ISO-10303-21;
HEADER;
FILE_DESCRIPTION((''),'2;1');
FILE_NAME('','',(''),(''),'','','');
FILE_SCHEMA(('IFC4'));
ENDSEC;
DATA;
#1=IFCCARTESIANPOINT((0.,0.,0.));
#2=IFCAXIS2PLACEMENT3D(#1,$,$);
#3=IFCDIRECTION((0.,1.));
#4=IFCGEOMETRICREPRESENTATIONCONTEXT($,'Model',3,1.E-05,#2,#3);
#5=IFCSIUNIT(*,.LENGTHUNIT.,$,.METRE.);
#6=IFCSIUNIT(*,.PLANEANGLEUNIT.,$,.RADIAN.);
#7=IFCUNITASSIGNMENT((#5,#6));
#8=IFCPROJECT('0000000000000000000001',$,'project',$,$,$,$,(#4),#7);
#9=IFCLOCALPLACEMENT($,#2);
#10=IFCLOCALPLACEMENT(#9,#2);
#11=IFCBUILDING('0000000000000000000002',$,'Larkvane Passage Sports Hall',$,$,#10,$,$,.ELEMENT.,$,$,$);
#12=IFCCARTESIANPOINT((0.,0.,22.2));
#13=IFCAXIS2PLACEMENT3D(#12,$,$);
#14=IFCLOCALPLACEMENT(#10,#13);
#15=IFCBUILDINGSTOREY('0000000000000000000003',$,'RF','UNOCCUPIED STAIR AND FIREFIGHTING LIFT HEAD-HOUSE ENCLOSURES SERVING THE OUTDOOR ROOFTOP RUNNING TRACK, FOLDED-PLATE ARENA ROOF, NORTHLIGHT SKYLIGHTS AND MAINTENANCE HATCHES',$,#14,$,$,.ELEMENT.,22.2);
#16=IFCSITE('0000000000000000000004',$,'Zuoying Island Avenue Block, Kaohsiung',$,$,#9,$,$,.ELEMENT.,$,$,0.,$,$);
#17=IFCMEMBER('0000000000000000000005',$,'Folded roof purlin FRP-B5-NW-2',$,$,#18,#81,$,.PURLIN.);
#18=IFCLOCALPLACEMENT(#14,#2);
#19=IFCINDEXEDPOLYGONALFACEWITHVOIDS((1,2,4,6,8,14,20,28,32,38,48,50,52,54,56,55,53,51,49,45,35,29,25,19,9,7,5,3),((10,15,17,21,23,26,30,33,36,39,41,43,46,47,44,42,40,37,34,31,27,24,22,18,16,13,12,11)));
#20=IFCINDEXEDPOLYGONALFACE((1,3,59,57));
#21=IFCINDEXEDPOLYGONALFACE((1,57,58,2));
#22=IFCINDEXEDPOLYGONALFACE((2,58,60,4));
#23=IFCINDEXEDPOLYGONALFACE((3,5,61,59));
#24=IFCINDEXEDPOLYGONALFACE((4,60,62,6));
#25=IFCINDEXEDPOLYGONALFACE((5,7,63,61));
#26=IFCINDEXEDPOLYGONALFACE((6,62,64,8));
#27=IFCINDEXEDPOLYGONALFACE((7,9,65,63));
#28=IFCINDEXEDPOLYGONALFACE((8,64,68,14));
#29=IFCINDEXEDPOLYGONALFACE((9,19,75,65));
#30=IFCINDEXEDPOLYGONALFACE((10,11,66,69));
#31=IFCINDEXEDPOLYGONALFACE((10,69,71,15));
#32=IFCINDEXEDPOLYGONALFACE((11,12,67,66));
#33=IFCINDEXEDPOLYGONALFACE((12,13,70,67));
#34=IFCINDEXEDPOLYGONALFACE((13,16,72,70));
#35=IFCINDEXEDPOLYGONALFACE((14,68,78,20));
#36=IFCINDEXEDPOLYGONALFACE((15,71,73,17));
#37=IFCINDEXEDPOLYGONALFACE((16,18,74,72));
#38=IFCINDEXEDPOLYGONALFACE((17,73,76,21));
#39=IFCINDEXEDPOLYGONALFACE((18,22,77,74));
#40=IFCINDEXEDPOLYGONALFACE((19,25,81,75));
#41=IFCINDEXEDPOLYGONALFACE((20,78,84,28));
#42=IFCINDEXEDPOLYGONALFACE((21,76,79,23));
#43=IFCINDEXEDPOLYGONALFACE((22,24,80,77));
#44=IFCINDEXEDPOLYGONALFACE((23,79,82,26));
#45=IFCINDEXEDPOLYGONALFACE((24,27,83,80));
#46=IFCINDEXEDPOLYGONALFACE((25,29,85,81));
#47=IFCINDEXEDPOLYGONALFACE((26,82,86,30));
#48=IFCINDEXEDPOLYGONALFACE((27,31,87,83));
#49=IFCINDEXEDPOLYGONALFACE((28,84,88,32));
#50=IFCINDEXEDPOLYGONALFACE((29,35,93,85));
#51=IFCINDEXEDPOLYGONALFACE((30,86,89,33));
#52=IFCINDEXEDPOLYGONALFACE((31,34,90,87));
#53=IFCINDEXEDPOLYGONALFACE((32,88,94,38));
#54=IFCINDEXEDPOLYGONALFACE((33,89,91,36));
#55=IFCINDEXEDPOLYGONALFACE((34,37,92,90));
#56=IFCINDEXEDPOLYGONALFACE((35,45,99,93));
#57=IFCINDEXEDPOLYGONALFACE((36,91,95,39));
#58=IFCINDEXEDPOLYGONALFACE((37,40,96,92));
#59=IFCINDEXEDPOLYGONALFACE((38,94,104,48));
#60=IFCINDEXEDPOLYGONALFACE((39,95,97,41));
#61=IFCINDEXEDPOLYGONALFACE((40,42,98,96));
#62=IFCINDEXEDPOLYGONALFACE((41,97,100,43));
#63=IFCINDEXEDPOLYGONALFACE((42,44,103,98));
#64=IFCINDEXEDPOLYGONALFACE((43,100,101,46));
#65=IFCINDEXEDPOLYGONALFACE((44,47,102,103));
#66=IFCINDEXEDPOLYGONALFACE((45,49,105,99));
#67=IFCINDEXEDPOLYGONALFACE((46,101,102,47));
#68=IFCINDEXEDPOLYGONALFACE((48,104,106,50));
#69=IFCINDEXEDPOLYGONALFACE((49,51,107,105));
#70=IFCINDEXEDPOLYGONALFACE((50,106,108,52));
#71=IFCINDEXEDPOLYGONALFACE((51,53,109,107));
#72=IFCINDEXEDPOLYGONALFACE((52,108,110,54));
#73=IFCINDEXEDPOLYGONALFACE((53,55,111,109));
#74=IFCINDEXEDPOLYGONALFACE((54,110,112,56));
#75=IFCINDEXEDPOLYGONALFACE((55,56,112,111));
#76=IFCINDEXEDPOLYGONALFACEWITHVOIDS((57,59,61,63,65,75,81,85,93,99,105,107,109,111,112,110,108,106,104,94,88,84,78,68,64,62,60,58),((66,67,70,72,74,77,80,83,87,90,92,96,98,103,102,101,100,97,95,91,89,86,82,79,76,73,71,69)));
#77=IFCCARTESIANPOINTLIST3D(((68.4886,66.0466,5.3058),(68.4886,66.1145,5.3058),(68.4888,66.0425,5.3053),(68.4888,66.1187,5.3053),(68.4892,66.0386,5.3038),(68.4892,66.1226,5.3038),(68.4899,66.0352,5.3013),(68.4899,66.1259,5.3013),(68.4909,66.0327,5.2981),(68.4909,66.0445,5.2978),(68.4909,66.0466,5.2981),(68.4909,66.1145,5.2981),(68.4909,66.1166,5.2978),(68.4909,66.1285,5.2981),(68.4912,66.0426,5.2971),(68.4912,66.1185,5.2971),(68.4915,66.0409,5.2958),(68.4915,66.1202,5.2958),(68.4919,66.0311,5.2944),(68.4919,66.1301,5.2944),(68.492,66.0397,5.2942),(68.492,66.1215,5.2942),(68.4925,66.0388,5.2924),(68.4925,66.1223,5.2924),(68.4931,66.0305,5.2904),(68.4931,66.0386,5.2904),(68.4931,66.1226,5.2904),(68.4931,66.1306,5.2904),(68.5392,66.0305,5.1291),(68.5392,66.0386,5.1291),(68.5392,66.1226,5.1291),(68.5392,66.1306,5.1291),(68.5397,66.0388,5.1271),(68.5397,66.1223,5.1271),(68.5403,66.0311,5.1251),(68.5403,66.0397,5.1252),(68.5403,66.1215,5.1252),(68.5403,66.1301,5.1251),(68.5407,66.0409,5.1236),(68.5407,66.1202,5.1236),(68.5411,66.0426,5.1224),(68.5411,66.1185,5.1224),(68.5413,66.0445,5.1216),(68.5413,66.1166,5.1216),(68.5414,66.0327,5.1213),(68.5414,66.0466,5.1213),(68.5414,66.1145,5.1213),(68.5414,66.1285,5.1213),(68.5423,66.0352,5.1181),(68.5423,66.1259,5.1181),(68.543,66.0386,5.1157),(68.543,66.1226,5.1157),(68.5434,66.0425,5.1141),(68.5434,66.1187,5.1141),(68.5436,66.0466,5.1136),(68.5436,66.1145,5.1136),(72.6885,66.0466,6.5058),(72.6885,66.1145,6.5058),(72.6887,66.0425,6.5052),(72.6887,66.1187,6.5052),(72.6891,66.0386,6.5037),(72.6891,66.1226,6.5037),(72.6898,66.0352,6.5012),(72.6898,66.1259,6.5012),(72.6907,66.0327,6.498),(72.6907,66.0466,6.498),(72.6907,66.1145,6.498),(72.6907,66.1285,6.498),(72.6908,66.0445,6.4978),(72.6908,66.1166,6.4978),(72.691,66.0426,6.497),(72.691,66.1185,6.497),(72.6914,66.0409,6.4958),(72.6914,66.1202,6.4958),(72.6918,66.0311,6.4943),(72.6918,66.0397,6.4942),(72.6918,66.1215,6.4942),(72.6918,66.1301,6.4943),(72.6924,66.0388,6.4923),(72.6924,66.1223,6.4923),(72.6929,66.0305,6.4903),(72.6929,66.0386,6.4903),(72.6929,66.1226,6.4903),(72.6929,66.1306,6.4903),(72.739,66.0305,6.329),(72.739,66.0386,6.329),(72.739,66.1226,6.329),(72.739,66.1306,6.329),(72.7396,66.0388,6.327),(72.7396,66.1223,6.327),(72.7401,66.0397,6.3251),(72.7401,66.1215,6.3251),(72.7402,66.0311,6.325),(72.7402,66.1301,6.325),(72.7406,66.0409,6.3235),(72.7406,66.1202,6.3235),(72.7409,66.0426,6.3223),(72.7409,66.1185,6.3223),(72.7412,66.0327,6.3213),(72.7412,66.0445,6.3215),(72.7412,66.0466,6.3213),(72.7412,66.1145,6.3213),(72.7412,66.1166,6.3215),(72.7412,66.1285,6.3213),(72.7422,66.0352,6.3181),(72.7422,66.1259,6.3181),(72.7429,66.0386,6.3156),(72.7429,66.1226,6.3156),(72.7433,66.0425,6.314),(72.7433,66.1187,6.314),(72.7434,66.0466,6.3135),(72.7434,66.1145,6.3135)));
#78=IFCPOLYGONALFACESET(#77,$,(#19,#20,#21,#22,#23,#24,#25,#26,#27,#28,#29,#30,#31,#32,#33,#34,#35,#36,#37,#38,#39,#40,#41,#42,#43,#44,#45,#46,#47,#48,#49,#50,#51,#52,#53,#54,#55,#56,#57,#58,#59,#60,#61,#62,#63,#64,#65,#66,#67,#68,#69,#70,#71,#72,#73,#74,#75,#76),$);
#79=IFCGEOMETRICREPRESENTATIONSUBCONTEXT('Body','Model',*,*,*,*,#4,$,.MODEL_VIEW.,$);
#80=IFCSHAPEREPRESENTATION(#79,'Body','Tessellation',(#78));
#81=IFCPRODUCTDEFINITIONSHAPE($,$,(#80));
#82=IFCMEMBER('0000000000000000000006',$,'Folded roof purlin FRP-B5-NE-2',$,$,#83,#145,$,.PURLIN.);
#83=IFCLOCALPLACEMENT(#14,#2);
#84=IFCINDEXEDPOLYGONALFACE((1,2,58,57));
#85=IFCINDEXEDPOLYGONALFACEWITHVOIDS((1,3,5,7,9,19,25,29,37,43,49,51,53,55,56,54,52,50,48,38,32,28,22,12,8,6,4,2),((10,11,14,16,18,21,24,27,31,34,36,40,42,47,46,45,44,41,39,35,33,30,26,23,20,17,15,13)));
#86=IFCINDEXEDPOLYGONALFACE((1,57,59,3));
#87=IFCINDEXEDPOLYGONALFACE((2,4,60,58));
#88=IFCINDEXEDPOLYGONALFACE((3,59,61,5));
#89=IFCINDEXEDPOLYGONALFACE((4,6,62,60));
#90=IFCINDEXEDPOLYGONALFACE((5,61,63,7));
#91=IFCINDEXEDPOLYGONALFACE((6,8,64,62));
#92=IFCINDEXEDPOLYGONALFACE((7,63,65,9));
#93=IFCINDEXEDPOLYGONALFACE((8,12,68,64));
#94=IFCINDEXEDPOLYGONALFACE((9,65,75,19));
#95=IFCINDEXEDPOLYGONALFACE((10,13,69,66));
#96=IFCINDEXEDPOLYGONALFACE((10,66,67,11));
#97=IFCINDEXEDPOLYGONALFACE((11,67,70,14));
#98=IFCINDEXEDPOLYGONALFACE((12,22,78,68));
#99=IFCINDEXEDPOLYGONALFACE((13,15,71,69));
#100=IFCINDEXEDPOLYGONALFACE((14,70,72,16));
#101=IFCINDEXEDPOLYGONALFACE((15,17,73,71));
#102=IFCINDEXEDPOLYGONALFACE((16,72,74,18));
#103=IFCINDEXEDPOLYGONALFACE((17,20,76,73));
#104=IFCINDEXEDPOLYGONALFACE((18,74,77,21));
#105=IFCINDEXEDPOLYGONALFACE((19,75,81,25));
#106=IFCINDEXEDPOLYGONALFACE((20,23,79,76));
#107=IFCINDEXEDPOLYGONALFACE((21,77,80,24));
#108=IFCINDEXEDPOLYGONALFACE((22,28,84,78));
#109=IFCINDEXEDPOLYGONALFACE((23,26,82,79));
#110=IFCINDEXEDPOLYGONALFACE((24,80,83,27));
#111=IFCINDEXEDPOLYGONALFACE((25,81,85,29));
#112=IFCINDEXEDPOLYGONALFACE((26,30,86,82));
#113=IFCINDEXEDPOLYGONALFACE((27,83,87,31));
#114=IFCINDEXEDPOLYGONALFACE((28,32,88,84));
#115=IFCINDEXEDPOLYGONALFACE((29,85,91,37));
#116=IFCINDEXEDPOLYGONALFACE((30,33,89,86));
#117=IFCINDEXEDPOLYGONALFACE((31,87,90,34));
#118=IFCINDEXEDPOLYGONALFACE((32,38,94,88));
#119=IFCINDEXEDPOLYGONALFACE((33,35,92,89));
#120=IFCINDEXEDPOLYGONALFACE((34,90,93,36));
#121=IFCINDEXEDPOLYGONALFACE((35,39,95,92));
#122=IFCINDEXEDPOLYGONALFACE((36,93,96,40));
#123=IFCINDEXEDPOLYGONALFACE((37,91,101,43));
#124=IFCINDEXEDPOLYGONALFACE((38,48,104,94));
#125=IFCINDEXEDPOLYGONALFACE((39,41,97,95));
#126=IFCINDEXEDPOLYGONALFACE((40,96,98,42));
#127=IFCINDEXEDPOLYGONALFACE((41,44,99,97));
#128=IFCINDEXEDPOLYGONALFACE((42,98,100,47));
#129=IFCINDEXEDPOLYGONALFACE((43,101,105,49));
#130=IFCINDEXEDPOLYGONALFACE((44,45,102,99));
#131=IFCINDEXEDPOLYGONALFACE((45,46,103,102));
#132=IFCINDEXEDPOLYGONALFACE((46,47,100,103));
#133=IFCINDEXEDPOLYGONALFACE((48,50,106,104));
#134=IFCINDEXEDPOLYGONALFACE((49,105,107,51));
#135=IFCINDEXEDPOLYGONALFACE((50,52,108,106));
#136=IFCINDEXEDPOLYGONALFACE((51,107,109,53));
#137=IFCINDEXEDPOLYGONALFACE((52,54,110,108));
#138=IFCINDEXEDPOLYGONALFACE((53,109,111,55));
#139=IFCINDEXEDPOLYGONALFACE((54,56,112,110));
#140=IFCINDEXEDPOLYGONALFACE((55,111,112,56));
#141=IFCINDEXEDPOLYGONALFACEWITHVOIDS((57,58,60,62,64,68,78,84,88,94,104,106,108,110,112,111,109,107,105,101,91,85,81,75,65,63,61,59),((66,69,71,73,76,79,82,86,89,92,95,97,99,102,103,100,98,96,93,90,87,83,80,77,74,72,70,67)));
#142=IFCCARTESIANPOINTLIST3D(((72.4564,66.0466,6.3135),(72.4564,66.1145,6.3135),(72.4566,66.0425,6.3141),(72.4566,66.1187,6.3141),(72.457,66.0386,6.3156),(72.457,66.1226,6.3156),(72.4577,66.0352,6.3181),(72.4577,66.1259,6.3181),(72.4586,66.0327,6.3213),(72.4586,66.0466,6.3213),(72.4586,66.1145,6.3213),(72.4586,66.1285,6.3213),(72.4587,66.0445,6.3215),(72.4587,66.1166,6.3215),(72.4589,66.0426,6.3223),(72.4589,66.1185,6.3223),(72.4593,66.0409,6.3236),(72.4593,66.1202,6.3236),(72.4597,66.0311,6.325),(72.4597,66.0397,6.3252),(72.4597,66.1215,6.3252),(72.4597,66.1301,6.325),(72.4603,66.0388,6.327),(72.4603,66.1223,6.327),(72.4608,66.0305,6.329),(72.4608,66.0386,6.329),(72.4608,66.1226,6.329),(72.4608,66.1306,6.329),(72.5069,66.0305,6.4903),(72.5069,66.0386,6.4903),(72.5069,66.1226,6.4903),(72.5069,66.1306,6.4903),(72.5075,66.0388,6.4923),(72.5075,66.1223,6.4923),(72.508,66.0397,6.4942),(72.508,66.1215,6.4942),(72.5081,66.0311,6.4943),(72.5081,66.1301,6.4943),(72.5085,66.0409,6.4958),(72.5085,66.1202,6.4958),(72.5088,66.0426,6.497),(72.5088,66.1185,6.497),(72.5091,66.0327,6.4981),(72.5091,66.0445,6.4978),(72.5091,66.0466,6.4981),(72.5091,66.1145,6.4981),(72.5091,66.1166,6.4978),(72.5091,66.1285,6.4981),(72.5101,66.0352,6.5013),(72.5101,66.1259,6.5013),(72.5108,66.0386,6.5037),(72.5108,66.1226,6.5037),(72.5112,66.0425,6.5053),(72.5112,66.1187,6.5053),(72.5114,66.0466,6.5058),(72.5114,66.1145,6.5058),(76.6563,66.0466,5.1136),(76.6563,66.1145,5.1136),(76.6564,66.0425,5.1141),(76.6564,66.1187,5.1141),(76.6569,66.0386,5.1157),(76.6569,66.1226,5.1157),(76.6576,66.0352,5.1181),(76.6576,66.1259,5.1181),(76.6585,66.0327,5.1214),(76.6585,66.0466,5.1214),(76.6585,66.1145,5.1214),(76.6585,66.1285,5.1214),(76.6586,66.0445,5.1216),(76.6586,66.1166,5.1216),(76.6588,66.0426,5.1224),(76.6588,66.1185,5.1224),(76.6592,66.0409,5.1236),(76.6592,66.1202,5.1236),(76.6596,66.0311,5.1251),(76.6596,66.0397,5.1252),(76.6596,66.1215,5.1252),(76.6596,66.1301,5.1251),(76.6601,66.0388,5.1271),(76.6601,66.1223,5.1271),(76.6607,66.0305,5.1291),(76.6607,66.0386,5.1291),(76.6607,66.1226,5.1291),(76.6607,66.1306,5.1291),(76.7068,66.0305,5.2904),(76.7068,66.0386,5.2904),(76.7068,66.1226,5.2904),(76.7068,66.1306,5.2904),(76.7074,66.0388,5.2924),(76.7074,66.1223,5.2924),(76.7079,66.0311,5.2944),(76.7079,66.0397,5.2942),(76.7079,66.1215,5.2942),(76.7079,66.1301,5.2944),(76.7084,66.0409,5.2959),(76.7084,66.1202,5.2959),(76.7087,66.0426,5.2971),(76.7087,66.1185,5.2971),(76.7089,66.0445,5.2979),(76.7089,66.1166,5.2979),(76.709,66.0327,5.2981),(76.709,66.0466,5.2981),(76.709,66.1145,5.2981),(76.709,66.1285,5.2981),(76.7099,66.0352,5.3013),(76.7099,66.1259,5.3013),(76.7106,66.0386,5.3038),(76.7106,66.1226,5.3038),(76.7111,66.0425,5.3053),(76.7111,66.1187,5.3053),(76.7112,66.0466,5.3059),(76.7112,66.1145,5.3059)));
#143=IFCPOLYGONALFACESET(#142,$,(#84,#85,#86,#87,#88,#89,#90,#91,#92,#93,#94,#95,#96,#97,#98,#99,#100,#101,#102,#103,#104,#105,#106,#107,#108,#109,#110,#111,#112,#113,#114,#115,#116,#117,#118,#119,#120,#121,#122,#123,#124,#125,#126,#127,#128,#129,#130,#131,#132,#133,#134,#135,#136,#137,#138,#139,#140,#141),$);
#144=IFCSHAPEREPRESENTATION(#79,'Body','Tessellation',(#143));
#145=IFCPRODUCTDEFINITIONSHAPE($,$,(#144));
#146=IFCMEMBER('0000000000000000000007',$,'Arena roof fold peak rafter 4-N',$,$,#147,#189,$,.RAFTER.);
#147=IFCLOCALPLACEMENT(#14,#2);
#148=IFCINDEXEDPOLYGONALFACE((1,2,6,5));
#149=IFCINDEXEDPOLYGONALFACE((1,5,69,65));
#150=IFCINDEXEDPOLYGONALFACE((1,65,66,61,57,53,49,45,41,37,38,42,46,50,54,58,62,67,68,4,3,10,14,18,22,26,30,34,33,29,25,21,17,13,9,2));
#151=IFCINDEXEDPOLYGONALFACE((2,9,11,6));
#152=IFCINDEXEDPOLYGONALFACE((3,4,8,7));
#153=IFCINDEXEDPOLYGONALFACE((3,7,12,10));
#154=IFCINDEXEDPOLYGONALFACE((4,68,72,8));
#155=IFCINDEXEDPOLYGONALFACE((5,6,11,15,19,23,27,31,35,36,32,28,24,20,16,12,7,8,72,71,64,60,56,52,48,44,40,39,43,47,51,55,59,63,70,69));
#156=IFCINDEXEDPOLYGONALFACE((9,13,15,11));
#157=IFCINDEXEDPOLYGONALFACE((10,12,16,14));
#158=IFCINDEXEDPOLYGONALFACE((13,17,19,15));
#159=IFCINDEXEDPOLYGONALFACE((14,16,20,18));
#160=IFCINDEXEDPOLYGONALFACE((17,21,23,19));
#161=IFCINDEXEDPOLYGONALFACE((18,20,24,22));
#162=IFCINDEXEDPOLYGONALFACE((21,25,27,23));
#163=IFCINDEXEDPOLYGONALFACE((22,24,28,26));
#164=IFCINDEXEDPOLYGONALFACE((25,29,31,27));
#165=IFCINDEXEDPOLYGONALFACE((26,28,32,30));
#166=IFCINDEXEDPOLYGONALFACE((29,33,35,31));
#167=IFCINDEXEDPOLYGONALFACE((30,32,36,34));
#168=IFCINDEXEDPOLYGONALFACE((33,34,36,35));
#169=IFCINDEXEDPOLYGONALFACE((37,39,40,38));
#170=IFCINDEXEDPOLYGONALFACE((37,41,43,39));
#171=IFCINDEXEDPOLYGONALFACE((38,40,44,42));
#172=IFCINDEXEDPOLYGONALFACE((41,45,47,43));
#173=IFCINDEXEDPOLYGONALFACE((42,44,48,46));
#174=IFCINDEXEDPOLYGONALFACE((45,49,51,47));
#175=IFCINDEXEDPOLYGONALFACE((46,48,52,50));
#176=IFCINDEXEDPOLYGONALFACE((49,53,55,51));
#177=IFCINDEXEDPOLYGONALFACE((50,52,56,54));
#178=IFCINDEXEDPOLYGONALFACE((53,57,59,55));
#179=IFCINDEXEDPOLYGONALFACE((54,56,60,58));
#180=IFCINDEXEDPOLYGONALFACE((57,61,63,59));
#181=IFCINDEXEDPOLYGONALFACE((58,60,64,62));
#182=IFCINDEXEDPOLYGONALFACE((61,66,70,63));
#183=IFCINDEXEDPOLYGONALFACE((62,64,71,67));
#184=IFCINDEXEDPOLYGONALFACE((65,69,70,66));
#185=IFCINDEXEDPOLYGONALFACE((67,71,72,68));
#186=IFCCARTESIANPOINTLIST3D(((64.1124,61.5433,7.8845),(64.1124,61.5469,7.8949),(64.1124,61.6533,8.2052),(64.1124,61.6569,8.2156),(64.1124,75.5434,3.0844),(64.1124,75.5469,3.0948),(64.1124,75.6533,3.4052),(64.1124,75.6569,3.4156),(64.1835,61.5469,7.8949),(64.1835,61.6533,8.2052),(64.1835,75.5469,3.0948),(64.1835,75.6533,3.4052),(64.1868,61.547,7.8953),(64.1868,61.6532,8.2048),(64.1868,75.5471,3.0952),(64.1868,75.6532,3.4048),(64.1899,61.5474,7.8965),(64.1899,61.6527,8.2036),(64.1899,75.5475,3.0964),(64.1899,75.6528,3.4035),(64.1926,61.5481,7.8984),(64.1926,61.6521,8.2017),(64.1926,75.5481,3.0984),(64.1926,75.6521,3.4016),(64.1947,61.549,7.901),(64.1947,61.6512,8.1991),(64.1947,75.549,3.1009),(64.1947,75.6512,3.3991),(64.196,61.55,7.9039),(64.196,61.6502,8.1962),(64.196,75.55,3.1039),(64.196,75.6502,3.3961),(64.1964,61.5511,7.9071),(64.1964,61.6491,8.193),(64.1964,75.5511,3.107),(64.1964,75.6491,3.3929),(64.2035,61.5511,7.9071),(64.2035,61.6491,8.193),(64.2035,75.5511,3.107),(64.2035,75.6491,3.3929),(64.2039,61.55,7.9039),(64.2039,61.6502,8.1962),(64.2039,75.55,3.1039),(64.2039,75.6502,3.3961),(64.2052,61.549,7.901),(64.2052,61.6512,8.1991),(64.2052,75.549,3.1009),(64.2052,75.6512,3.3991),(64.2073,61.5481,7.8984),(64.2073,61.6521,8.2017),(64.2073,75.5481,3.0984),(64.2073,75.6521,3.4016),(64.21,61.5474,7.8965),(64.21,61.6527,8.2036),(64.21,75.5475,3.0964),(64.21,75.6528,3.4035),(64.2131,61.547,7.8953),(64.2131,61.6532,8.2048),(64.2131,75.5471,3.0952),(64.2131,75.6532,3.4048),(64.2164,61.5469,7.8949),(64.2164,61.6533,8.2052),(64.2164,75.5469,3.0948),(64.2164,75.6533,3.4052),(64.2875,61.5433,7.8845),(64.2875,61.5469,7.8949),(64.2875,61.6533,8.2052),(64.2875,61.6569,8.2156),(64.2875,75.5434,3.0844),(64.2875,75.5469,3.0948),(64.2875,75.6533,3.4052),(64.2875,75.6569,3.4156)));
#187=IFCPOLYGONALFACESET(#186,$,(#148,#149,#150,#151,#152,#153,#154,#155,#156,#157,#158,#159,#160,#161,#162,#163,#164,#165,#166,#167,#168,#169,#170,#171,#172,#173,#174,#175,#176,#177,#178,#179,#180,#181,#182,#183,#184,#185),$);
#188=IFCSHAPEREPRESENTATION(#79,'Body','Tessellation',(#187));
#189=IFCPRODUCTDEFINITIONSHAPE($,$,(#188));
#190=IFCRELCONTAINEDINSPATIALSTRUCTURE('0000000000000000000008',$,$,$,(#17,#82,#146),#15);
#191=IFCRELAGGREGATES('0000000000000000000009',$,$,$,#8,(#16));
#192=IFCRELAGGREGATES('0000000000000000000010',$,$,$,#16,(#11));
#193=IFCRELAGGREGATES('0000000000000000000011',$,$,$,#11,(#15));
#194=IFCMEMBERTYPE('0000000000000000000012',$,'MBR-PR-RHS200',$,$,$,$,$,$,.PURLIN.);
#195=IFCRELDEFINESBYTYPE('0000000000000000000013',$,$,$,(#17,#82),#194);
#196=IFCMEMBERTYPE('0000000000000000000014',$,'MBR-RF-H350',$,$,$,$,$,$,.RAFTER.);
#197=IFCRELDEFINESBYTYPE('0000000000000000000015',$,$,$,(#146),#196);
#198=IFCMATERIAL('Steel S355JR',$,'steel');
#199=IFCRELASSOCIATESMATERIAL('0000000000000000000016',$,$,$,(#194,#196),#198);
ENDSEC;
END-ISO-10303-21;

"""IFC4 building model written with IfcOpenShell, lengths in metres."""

from ifc_helpers import new_model, si_unit, direction, frame, origin, origin_2d, place, context, subcontext, project, spatial, hollow_rectangle, i_section, extrude, material, material_profile, profile_set, type_object, element, save


model = new_model("IFC4")

# Units and contexts
model_context = context("Model", 3, precision=1e-05, world=origin(), true_north=direction((0.0, 1.0)))
body_context = subcontext(model_context, "Body", "Model", "MODEL_VIEW")
ifc_project = project(units=[si_unit("LENGTHUNIT", "METRE"), si_unit("PLANEANGLEUNIT", "RADIAN")], contexts=[model_context])

# Site, building, storey
site_placement = place(None, origin())
site = spatial("IfcSite", under=ifc_project, at=site_placement, Name="Zuoying Island Avenue Block, Kaohsiung", CompositionType="ELEMENT", RefElevation=0.0)
building_placement = place(site_placement, origin())
building = spatial("IfcBuilding", under=site, at=building_placement, Name="Larkvane Passage Sports Hall", CompositionType="ELEMENT")
storey_placement = place(building_placement, frame((0.0, 0.0, 22.2)))
storey = spatial("IfcBuildingStorey", under=building, at=storey_placement, Name="RF", Description="UNOCCUPIED STAIR AND FIREFIGHTING LIFT HEAD-HOUSE ENCLOSURES SERVING THE OUTDOOR ROOFTOP RUNNING TRACK, FOLDED-PLATE ARENA ROOF, NORTHLIGHT SKYLIGHTS AND MAINTENANCE HATCHES", CompositionType="ELEMENT", Elevation=22.2)

# Members
ifc_material_1 = material(Name="Steel S355JR", Category="steel")
ifc_material_profile_1 = material_profile(ifc_material_1, hollow_rectangle(XDim=0.1001, YDim=0.2, WallThickness=0.0081, InnerFilletRadius=0.0081, OuterFilletRadius=0.0161, at=origin_2d()), Name="RHS-200x100x8")
ifc_profile_set_1 = profile_set([ifc_material_profile_1], Name="Steel S355JR")
member_type_1 = type_object("IfcMemberType", Name="MBR-PR-RHS200", PredefinedType="PURLIN", material=ifc_profile_set_1)
for number, where, z_axis, x_axis, name in (
    (1, (68.5161, 66.0806, 5.2097), (0.961526, 0.0, 0.274714), (0.0, 1.0, 0.0), "Folded roof purlin FRP-B5-NW-2"),
    (2, (72.4839, 66.0806, 6.4097), (0.961526, 0.0, -0.274714), (0.0, 1.0, 0.0), "Folded roof purlin FRP-B5-NE-2"),
):
    element("IfcMember", number, at=place(storey_placement, frame(where, z_axis=z_axis, x_axis=x_axis)), inside=storey, type_object=member_type_1, Name=name, PredefinedType="PURLIN", context=body_context, shape_type="SweptSolid", body=[
        extrude(hollow_rectangle(XDim=0.1001, YDim=0.2, WallThickness=0.0081, InnerFilletRadius=0.0081, OuterFilletRadius=0.0161, at=origin_2d()), origin(), (0.0, 0.0, 1.0), 4.3679),
    ])
ifc_material_profile_2 = material_profile(ifc_material_1, i_section(OverallWidth=0.175, OverallDepth=0.3501, WebThickness=0.0071, FlangeThickness=0.011, FilletRadius=0.0129, at=origin_2d()), Name="H-350x175x7x11")
ifc_profile_set_2 = profile_set([ifc_material_profile_2], Name="Steel S355JR")
member_type_2 = type_object("IfcMemberType", Name="MBR-RF-H350", PredefinedType="RAFTER", material=ifc_profile_set_2)
for number, where, z_axis, x_axis, name in (
    (3, (64.2, 61.6001, 8.05), (0.0, 0.945945, -0.324327), (-1.0, 0.0, 0.0), "Arena roof fold peak rafter 4-N"),
):
    element("IfcMember", number, at=place(storey_placement, frame(where, z_axis=z_axis, x_axis=x_axis)), inside=storey, type_object=member_type_2, Name=name, PredefinedType="RAFTER", context=body_context, shape_type="SweptSolid", body=[
        extrude(i_section(OverallWidth=0.175, OverallDepth=0.3501, WebThickness=0.0071, FlangeThickness=0.011, FilletRadius=0.0129, at=origin_2d()), origin(), (0.0, 0.0, 1.0), 14.8),
    ])

save(model, "model.ifc")
